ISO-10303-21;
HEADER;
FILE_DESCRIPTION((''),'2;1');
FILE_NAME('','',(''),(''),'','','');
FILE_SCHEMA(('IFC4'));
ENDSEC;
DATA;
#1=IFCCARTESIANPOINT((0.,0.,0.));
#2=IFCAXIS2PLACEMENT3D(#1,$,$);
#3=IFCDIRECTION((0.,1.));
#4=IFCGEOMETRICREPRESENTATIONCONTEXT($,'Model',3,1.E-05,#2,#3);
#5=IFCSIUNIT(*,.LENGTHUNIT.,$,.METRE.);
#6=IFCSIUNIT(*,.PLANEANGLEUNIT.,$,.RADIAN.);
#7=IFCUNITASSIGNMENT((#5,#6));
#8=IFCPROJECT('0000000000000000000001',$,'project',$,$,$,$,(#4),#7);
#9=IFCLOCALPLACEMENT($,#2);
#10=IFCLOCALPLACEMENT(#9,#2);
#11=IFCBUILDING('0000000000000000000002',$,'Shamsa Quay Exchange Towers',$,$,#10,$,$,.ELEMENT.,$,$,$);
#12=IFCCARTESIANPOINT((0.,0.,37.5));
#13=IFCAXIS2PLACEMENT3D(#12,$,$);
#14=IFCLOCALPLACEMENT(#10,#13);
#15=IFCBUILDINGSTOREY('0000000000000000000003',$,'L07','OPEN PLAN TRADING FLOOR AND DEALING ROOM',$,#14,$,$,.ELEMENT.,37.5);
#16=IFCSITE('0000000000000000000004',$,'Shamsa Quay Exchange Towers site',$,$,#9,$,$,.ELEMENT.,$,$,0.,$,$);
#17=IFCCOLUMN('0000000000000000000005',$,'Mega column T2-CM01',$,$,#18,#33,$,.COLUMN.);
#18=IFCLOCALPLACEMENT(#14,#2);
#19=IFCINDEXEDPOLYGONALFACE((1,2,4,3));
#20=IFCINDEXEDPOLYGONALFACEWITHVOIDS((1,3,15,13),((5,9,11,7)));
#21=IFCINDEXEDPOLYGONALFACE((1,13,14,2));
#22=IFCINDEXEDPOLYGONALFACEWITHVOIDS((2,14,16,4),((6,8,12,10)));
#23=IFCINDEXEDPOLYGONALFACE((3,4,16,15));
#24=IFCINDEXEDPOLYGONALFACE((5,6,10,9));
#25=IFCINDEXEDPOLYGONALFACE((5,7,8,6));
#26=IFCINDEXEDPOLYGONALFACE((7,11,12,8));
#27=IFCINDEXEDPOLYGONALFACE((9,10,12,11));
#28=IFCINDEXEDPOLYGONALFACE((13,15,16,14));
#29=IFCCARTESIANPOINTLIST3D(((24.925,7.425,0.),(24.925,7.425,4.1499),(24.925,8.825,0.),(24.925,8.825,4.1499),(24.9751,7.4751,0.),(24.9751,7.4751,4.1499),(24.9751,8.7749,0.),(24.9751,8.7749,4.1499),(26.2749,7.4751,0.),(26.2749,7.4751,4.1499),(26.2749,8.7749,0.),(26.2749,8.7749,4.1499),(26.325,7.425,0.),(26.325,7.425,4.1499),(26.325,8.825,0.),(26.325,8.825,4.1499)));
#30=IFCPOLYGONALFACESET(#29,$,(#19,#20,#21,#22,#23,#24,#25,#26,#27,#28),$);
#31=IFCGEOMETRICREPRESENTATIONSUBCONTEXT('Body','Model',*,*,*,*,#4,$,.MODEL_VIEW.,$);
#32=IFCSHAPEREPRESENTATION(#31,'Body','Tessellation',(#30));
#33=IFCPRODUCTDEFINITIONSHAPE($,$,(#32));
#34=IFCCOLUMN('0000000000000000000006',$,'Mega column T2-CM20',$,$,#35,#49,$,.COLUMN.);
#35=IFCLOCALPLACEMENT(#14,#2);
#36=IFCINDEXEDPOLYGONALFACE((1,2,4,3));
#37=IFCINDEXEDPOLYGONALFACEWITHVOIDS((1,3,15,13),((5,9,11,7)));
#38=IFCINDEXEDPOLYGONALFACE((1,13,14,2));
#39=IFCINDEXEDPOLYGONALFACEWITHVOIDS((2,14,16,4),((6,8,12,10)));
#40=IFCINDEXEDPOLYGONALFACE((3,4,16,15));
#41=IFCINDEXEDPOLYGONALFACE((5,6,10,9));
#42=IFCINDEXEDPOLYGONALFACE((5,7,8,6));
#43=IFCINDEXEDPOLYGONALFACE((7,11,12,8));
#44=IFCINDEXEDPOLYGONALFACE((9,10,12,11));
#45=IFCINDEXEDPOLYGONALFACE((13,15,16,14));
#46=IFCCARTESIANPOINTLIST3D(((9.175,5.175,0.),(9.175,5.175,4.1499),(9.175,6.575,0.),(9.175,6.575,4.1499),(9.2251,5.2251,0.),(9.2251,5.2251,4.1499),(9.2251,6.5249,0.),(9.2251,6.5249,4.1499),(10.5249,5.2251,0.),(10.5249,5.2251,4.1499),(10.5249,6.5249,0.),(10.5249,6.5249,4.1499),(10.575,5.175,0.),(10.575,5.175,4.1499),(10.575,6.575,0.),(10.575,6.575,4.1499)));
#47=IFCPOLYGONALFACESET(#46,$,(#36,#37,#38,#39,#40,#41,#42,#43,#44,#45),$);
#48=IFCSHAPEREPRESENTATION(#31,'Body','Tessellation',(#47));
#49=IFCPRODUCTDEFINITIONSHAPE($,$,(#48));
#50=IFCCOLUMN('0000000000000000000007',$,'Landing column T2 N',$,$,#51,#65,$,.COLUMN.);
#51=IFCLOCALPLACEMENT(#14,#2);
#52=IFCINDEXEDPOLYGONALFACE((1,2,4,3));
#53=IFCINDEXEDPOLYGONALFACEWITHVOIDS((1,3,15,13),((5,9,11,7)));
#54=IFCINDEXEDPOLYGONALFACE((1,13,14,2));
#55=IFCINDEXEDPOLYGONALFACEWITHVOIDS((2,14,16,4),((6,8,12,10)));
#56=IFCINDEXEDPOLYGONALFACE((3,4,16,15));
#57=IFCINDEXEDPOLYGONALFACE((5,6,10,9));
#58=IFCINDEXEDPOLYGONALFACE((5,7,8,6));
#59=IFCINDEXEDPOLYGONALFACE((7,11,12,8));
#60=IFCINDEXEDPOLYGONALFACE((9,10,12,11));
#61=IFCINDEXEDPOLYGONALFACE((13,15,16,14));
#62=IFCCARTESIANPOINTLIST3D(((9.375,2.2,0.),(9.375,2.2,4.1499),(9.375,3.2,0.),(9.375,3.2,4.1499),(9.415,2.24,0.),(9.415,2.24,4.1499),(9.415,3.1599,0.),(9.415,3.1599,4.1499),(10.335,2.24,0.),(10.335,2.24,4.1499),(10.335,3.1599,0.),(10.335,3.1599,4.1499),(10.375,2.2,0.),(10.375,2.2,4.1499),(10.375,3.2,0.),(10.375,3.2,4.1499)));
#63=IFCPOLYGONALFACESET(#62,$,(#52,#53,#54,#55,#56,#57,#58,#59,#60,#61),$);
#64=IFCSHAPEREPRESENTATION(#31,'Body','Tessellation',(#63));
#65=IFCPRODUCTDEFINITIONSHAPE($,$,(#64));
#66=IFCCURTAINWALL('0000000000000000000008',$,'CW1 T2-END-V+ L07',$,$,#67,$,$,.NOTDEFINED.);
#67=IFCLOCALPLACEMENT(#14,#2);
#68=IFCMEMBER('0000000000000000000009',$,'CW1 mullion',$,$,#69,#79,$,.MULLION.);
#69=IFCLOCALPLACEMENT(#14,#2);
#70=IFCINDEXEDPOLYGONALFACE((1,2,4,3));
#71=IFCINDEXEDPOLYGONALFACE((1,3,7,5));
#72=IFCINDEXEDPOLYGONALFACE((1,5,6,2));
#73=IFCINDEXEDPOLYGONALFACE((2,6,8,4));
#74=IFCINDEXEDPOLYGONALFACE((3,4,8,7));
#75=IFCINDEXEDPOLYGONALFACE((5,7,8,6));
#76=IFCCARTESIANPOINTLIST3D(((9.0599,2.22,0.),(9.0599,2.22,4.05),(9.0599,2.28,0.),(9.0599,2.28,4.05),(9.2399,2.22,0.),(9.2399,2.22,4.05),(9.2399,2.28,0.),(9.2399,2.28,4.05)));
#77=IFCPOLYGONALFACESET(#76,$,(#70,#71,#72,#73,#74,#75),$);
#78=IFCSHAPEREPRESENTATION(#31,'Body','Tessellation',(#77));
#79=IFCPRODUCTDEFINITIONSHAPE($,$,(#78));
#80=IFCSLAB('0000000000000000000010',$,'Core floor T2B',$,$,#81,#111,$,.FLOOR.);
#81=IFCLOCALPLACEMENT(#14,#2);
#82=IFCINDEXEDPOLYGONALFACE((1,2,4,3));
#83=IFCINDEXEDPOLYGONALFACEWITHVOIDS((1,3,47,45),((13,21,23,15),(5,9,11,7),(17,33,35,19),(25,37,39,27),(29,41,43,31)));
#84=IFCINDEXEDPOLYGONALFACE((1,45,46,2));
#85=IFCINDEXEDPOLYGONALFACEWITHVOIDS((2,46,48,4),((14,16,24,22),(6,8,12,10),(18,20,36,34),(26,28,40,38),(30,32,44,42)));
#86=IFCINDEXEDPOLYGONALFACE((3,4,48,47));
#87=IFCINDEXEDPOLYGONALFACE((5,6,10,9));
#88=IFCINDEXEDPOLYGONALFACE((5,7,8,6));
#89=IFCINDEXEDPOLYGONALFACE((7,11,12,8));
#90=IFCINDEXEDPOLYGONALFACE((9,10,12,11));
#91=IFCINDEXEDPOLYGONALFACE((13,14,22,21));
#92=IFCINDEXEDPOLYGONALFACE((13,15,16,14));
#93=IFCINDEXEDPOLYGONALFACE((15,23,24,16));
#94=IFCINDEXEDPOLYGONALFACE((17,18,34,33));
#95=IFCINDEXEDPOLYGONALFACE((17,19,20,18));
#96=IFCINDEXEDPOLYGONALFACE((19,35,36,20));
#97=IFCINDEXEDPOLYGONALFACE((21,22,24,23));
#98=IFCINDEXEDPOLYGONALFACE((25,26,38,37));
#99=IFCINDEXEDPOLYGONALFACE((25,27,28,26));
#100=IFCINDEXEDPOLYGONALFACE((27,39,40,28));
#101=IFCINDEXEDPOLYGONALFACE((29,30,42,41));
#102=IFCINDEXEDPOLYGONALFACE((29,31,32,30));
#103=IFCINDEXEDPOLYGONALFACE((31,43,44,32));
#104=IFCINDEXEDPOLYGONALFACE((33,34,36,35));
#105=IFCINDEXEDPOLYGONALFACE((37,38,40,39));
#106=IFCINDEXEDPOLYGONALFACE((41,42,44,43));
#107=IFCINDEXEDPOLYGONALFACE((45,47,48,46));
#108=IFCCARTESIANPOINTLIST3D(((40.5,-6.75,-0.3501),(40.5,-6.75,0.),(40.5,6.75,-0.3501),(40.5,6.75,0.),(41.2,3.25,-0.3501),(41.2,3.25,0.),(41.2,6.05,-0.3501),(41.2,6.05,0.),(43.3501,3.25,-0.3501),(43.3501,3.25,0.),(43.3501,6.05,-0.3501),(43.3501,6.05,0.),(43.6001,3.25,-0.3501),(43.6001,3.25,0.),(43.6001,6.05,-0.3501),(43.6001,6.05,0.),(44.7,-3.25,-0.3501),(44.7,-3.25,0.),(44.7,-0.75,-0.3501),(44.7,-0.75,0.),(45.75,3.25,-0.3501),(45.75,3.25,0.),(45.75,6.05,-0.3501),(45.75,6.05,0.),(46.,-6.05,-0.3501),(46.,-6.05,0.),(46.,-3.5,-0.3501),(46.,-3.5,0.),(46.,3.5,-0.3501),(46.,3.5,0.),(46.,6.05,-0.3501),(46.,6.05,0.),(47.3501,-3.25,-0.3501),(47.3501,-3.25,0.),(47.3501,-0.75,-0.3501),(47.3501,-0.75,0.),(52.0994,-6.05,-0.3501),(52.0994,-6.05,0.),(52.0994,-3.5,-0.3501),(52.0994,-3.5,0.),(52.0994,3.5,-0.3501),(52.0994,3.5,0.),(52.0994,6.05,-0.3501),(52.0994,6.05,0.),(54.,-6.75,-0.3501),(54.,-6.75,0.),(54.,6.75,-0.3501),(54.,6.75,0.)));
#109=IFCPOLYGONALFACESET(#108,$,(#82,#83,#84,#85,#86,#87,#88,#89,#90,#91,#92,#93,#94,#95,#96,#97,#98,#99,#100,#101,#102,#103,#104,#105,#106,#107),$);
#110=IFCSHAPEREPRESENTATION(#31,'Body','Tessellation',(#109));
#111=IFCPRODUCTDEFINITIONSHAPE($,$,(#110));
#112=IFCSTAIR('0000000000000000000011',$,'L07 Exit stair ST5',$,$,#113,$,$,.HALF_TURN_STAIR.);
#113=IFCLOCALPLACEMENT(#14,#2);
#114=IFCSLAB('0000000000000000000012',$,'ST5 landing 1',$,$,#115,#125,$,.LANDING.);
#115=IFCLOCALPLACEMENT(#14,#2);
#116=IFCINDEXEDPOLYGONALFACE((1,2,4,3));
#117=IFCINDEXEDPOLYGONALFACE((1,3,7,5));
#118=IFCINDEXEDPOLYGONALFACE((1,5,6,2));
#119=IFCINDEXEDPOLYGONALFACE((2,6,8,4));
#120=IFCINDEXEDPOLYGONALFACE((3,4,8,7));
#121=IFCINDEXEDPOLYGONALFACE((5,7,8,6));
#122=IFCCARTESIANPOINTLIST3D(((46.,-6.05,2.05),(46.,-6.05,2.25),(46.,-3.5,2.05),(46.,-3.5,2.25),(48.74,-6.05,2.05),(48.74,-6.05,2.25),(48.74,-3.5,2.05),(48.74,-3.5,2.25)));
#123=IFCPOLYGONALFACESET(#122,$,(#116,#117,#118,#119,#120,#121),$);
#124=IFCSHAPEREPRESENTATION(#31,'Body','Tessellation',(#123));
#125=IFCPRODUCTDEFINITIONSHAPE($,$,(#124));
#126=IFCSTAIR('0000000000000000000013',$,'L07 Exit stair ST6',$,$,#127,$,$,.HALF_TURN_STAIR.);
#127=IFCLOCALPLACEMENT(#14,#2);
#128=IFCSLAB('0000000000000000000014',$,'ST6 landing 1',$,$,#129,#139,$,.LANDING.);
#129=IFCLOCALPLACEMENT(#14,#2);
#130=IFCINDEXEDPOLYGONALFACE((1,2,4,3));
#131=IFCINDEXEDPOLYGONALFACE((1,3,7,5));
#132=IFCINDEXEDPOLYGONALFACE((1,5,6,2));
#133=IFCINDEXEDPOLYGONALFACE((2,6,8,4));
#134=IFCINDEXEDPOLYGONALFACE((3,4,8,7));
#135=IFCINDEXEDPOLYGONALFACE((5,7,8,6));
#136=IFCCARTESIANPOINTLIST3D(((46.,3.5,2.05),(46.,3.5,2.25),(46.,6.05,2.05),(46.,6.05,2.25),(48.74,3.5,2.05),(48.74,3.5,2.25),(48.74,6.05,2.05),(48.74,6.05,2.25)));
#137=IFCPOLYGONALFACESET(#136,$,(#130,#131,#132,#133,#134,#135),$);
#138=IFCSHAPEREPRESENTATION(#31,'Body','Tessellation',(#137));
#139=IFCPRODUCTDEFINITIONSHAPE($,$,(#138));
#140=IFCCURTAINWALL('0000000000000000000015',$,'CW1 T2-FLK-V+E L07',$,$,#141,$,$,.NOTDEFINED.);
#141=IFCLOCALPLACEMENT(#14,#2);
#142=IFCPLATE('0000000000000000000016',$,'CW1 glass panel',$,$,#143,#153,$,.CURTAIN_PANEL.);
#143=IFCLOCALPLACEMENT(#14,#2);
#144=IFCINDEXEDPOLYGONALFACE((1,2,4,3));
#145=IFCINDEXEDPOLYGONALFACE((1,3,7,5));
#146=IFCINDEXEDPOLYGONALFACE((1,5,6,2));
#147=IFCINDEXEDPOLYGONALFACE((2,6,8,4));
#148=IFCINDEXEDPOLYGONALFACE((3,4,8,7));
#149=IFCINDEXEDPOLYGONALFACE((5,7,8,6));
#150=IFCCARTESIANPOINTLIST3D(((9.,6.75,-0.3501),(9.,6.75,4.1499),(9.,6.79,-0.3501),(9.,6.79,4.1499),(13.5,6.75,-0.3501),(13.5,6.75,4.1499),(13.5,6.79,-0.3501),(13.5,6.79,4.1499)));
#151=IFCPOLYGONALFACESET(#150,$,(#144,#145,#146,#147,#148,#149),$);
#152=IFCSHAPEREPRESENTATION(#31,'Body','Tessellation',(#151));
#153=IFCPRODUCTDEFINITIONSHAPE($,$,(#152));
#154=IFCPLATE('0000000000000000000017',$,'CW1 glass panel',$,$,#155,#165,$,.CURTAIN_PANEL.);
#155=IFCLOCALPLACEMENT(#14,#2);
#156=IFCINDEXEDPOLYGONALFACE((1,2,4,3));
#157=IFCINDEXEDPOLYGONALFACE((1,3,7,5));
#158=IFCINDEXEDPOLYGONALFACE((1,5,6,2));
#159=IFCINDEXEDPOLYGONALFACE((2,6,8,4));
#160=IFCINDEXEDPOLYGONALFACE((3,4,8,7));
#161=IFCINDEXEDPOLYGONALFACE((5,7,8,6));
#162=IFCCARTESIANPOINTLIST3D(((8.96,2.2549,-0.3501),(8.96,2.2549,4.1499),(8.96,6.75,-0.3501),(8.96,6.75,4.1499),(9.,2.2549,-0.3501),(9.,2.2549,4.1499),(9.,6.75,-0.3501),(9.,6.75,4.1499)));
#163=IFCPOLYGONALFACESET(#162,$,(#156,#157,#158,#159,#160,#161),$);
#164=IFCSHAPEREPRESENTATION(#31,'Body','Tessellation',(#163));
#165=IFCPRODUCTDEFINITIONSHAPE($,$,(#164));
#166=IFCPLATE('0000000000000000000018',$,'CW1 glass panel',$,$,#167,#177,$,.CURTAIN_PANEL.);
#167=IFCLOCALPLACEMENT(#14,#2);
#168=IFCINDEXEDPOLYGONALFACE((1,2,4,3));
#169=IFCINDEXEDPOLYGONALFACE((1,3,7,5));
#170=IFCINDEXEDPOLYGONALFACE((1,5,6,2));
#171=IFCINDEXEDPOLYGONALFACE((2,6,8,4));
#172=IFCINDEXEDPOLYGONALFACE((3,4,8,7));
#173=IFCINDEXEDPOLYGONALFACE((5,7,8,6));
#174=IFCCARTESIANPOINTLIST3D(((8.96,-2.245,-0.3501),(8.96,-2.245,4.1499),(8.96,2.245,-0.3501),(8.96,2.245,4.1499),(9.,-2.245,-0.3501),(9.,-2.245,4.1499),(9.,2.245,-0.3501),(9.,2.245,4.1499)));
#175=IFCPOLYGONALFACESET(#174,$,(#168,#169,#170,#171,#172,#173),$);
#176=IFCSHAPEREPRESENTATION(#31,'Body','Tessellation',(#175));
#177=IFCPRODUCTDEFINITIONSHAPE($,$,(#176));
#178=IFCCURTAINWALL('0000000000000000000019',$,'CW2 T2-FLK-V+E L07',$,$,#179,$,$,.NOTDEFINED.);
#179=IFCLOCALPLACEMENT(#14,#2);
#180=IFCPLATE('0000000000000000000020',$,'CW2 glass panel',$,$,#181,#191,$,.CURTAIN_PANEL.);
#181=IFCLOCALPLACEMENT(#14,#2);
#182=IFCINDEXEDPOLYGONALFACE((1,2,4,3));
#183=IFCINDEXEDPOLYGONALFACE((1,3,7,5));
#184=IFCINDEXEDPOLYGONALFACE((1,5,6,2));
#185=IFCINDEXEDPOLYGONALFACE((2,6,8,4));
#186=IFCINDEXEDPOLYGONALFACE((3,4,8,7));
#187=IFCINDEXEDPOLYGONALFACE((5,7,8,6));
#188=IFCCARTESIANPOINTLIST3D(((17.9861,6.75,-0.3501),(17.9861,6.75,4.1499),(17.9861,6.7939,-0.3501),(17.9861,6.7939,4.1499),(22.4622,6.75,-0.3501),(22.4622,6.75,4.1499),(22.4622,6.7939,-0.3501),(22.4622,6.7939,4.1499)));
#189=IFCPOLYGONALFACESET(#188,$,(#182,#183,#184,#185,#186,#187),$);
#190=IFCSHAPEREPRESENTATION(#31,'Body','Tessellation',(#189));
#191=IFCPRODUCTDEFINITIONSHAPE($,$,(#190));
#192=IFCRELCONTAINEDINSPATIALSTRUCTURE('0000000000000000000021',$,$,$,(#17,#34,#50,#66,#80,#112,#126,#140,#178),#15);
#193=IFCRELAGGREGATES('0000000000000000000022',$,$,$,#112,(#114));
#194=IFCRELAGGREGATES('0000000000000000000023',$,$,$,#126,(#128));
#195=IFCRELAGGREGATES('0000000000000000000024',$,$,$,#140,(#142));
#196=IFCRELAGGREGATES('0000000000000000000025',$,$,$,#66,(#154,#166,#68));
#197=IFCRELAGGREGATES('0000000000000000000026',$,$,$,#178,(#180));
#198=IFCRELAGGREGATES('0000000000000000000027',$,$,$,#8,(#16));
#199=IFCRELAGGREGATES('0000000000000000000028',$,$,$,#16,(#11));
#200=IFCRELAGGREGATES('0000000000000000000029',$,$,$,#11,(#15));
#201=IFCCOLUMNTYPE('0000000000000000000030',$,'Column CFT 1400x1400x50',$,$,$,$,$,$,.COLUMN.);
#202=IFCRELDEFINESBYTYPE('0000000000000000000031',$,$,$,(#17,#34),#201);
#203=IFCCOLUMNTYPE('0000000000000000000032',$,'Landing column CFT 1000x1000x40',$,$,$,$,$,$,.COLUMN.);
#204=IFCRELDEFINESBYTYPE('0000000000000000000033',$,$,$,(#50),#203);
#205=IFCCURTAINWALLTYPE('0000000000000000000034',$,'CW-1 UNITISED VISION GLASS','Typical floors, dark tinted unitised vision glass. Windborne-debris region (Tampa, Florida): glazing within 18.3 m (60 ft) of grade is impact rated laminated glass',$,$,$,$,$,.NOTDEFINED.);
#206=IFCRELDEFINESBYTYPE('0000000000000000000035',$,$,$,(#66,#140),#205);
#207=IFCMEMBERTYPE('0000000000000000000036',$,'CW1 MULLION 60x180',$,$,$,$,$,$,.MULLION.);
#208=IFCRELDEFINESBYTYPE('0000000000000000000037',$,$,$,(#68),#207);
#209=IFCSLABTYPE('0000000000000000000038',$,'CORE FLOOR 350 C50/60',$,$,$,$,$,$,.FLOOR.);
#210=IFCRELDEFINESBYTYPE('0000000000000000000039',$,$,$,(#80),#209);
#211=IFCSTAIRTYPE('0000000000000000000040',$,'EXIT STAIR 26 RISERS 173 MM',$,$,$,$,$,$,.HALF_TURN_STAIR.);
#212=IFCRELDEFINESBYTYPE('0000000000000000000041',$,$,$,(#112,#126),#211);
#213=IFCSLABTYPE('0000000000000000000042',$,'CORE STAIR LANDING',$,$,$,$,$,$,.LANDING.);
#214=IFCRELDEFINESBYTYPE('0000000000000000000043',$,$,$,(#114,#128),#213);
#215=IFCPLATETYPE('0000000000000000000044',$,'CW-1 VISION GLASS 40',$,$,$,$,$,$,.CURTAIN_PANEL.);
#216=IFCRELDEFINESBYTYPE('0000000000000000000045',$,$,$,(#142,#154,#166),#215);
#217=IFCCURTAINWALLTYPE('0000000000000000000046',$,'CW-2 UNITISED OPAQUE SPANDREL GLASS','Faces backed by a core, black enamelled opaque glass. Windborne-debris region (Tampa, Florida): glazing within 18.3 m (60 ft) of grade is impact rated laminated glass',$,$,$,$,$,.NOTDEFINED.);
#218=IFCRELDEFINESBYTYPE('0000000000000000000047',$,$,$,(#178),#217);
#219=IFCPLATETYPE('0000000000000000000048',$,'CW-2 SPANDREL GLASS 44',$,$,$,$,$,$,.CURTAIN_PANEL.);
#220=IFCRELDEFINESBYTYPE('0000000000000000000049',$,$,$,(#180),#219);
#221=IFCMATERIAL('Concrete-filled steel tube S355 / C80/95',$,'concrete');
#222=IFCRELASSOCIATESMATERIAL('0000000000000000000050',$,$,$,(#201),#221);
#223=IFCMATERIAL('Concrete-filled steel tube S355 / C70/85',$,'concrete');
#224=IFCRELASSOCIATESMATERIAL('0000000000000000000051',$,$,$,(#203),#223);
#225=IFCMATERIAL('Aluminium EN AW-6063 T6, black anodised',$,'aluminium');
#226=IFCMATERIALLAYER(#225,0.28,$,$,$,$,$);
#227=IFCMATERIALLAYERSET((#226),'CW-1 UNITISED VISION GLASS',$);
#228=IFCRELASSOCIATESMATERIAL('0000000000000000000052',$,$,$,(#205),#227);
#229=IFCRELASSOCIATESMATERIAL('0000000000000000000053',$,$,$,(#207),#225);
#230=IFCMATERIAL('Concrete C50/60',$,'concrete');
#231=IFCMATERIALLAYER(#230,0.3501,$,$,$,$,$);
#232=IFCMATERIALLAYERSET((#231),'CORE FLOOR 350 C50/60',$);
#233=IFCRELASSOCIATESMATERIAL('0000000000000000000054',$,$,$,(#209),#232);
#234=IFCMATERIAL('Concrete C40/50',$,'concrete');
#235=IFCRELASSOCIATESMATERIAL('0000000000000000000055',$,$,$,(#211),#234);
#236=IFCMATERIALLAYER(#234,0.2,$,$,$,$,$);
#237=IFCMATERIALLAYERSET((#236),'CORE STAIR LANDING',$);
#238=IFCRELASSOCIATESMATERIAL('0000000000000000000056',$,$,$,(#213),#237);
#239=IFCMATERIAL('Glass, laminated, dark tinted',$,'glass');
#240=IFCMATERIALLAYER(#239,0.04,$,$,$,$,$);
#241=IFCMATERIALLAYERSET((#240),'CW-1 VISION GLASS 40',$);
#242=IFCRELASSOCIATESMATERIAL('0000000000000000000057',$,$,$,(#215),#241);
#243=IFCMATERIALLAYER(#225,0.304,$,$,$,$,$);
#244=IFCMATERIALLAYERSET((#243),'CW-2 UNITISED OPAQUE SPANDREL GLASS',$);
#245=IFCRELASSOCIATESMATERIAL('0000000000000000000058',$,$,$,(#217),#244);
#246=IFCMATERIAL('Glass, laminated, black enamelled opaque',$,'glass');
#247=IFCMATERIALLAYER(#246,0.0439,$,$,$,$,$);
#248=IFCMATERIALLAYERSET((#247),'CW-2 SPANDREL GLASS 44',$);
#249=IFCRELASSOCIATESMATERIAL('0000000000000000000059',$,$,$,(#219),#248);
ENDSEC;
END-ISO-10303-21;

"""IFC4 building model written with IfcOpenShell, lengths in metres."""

from ifc_helpers import new_model, si_unit, direction, frame, origin, origin_2d, place, context, subcontext, project, spatial, polyline, rectangle, hollow_rectangle, outline, extrude, material, layer, layer_set, material_profile, profile_set, type_object, element, aggregate, save


model = new_model("IFC4")

# Units and contexts
model_context = context("Model", 3, precision=1e-05, world=origin(), true_north=direction((0.0, 1.0)))
body_context = subcontext(model_context, "Body", "Model", "MODEL_VIEW")
ifc_project = project(units=[si_unit("LENGTHUNIT", "METRE"), si_unit("PLANEANGLEUNIT", "RADIAN")], contexts=[model_context])

# Site, building, storey
site_placement = place(None, origin())
site = spatial("IfcSite", under=ifc_project, at=site_placement, Name="Shamsa Quay Exchange Towers site", CompositionType="ELEMENT", RefElevation=0.0)
building_placement = place(site_placement, origin())
building = spatial("IfcBuilding", under=site, at=building_placement, Name="Shamsa Quay Exchange Towers", CompositionType="ELEMENT")
storey_placement = place(building_placement, frame((0.0, 0.0, 37.5)))
storey = spatial("IfcBuildingStorey", under=building, at=storey_placement, Name="L07", Description="OPEN PLAN TRADING FLOOR AND DEALING ROOM", CompositionType="ELEMENT", Elevation=37.5)

# Columns
ifc_material_1 = material(Name="Concrete-filled steel tube S355 / C80/95", Category="concrete")
ifc_material_profile_1 = material_profile(ifc_material_1, hollow_rectangle(XDim=1.3999, YDim=1.3999, WallThickness=0.05, at=origin_2d()), Name="CFT 1400x1400x50")
ifc_profile_set_1 = profile_set([ifc_material_profile_1], Name="Concrete-filled steel tube S355 / C80/95")
column_type_1 = type_object("IfcColumnType", Name="Column CFT 1400x1400x50", PredefinedType="COLUMN", material=ifc_profile_set_1)
for number, where, name in (
    (1, (25.625, 8.125, 0.0), "Mega column T2-CM01"),
    (2, (9.875, 5.875, 0.0), "Mega column T2-CM20"),
):
    element("IfcColumn", number, at=place(storey_placement, frame(where)), inside=storey, type_object=column_type_1, Name=name, PredefinedType="COLUMN", context=body_context, shape_type="SweptSolid", body=[
        extrude(hollow_rectangle(XDim=1.3999, YDim=1.3999, WallThickness=0.05, at=origin_2d()), origin(), (0.0, 0.0, 1.0), 4.1499),
    ])
ifc_material_2 = material(Name="Concrete-filled steel tube S355 / C70/85", Category="concrete")
ifc_material_profile_2 = material_profile(ifc_material_2, hollow_rectangle(XDim=1.0, YDim=1.0, WallThickness=0.04, at=origin_2d()), Name="CFT 1000x1000x40")
ifc_profile_set_2 = profile_set([ifc_material_profile_2], Name="Concrete-filled steel tube S355 / C70/85")
column_type_2 = type_object("IfcColumnType", Name="Landing column CFT 1000x1000x40", PredefinedType="COLUMN", material=ifc_profile_set_2)
column_placement = place(storey_placement, frame((9.875, 2.7, 0.0)))
element("IfcColumn", 3, at=column_placement, inside=storey, type_object=column_type_2, Name="Landing column T2 N", PredefinedType="COLUMN", context=body_context, shape_type="SweptSolid", body=[
    extrude(hollow_rectangle(XDim=1.0, YDim=1.0, WallThickness=0.04, at=origin_2d()), origin(), (0.0, 0.0, 1.0), 4.1499),
])

# Curtain wall, member
ifc_material_3 = material(Name="Aluminium EN AW-6063 T6, black anodised", Category="aluminium")
ifc_layer_1 = layer(ifc_material_3, 0.28)
ifc_layer_set_1 = layer_set([ifc_layer_1], Name="CW-1 UNITISED VISION GLASS")
curtain_wall_type_1 = type_object("IfcCurtainWallType", Name="CW-1 UNITISED VISION GLASS", Description="Typical floors, dark tinted unitised vision glass. Windborne-debris region (Tampa, Florida): glazing within 18.3 m (60 ft) of grade is impact rated laminated glass", PredefinedType="NOTDEFINED", material=ifc_layer_set_1)
curtain_wall_1_placement = place(storey_placement, origin())
curtain_wall_1 = element("IfcCurtainWall", 4, at=curtain_wall_1_placement, inside=storey, type_object=curtain_wall_type_1, Name="CW1 T2-END-V+ L07", PredefinedType="NOTDEFINED")
ifc_material_profile_3 = material_profile(ifc_material_3, rectangle(XDim=0.1799, YDim=0.0601, at=origin_2d()), Name="MU60x180")
ifc_profile_set_3 = profile_set([ifc_material_profile_3], Name="Aluminium EN AW-6063 T6, black anodised")
member_type = type_object("IfcMemberType", Name="CW1 MULLION 60x180", PredefinedType="MULLION", material=ifc_profile_set_3)
member_placement = place(storey_placement, frame((9.1499, 2.25, 0.0)))
member = element("IfcMember", 5, at=member_placement, type_object=member_type, Name="CW1 mullion", PredefinedType="MULLION", context=body_context, shape_type="SweptSolid", body=[
    extrude(rectangle(XDim=0.1799, YDim=0.0601, at=origin_2d()), origin(), (0.0, 0.0, 1.0), 4.05),
])

# Slab
ifc_material_4 = material(Name="Concrete C50/60", Category="concrete")
ifc_layer_2 = layer(ifc_material_4, 0.3501)
ifc_layer_set_2 = layer_set([ifc_layer_2], Name="CORE FLOOR 350 C50/60")
slab_type_1 = type_object("IfcSlabType", Name="CORE FLOOR 350 C50/60", PredefinedType="FLOOR", material=ifc_layer_set_2)
slab_1_placement = place(storey_placement, frame((0.0, 0.0, -0.3501)))
element("IfcSlab", 6, at=slab_1_placement, inside=storey, type_object=slab_type_1, Name="Core floor T2B", PredefinedType="FLOOR", context=body_context, shape_type="SweptSolid", body=[
    extrude(outline(polyline([(54.0, -6.75), (54.0, 6.75), (40.5, 6.75), (40.5, -6.75), (54.0, -6.75)]), holes=[polyline([(52.0994, -3.5), (52.0994, -6.05), (46.0, -6.05), (46.0, -3.5), (52.0994, -3.5)]), polyline([(52.0994, 6.05), (52.0994, 3.5), (46.0, 3.5), (46.0, 6.05), (52.0994, 6.05)]), polyline([(45.75, 3.25), (43.6001, 3.25), (43.6001, 6.05), (45.75, 6.05), (45.75, 3.25)]), polyline([(43.3501, 3.25), (41.2, 3.25), (41.2, 6.05), (43.3501, 6.05), (43.3501, 3.25)]), polyline([(47.3501, -3.25), (44.7, -3.25), (44.7, -0.75), (47.3501, -0.75), (47.3501, -3.25)])]), origin(), (0.0, 0.0, 1.0), 0.3501),
])

# Stairs, slabs
ifc_material_5 = material(Name="Concrete C40/50", Category="concrete")
stair_type = type_object("IfcStairType", Name="EXIT STAIR 26 RISERS 173 MM", PredefinedType="HALF_TURN_STAIR", material=ifc_material_5)
stair_1_placement = place(storey_placement, origin())
stair_1 = element("IfcStair", 7, at=stair_1_placement, inside=storey, type_object=stair_type, Name="L07 Exit stair ST5", PredefinedType="HALF_TURN_STAIR")
ifc_layer_3 = layer(ifc_material_5, 0.2)
ifc_layer_set_3 = layer_set([ifc_layer_3], Name="CORE STAIR LANDING")
slab_type_2 = type_object("IfcSlabType", Name="CORE STAIR LANDING", PredefinedType="LANDING", material=ifc_layer_set_3)
slab_2_placement = place(storey_placement, frame((0.0, 0.0, 2.05)))
slab_2 = element("IfcSlab", 8, at=slab_2_placement, type_object=slab_type_2, Name="ST5 landing 1", PredefinedType="LANDING", context=body_context, shape_type="SweptSolid", body=[
    extrude(outline(polyline([(48.74, -3.5), (46.0, -3.5), (46.0, -6.05), (48.74, -6.05), (48.74, -3.5)])), origin(), (0.0, 0.0, 1.0), 0.2),
])
aggregate(stair_1, [slab_2])
stair_2_placement = place(storey_placement, origin())
stair_2 = element("IfcStair", 9, at=stair_2_placement, inside=storey, type_object=stair_type, Name="L07 Exit stair ST6", PredefinedType="HALF_TURN_STAIR")
slab_3_placement = place(storey_placement, frame((0.0, 0.0, 2.05)))
slab_3 = element("IfcSlab", 10, at=slab_3_placement, type_object=slab_type_2, Name="ST6 landing 1", PredefinedType="LANDING", context=body_context, shape_type="SweptSolid", body=[
    extrude(outline(polyline([(48.74, 6.05), (46.0, 6.05), (46.0, 3.5), (48.74, 3.5), (48.74, 6.05)])), origin(), (0.0, 0.0, 1.0), 0.2),
])
aggregate(stair_2, [slab_3])

# Curtain wall, plate
curtain_wall_2_placement = place(storey_placement, origin())
curtain_wall_2 = element("IfcCurtainWall", 11, at=curtain_wall_2_placement, inside=storey, type_object=curtain_wall_type_1, Name="CW1 T2-FLK-V+E L07", PredefinedType="NOTDEFINED")
ifc_material_6 = material(Name="Glass, laminated, dark tinted", Category="glass")
ifc_layer_4 = layer(ifc_material_6, 0.04)
ifc_layer_set_4 = layer_set([ifc_layer_4], Name="CW-1 VISION GLASS 40")
plate_type_1 = type_object("IfcPlateType", Name="CW-1 VISION GLASS 40", PredefinedType="CURTAIN_PANEL", material=ifc_layer_set_4)
plate_1_placement = place(storey_placement, frame((11.25, 6.77, -0.3501), z_axis=(0.0, 0.0, 1.0), x_axis=(-1.0, 0.0, 0.0)))
plate_1 = element("IfcPlate", 12, at=plate_1_placement, type_object=plate_type_1, Name="CW1 glass panel", PredefinedType="CURTAIN_PANEL", context=body_context, shape_type="SweptSolid", body=[
    extrude(rectangle(XDim=4.5, YDim=0.04, at=origin_2d()), origin(), (0.0, 0.0, 1.0), 4.5),
])
aggregate(curtain_wall_2, [plate_1])

# Plates
plate_2_placement = place(storey_placement, frame((8.98, 4.5024, -0.3501), z_axis=(0.0, 0.0, 1.0), x_axis=(0.0, -1.0, 0.0)))
plate_2 = element("IfcPlate", 13, at=plate_2_placement, type_object=plate_type_1, Name="CW1 glass panel", PredefinedType="CURTAIN_PANEL", context=body_context, shape_type="SweptSolid", body=[
    extrude(rectangle(XDim=4.4951, YDim=0.04, at=origin_2d()), origin(), (0.0, 0.0, 1.0), 4.5),
])
plate_3_placement = place(storey_placement, frame((8.98, 0.0, -0.3501), z_axis=(0.0, 0.0, 1.0), x_axis=(0.0, -1.0, 0.0)))
plate_3 = element("IfcPlate", 14, at=plate_3_placement, type_object=plate_type_1, Name="CW1 glass panel", PredefinedType="CURTAIN_PANEL", context=body_context, shape_type="SweptSolid", body=[
    extrude(rectangle(XDim=4.49, YDim=0.04, at=origin_2d()), origin(), (0.0, 0.0, 1.0), 4.5),
])
aggregate(curtain_wall_1, [plate_2, plate_3, member])

# Curtain wall, plate
ifc_layer_5 = layer(ifc_material_3, 0.304)
ifc_layer_set_5 = layer_set([ifc_layer_5], Name="CW-2 UNITISED OPAQUE SPANDREL GLASS")
curtain_wall_type_2 = type_object("IfcCurtainWallType", Name="CW-2 UNITISED OPAQUE SPANDREL GLASS", Description="Faces backed by a core, black enamelled opaque glass. Windborne-debris region (Tampa, Florida): glazing within 18.3 m (60 ft) of grade is impact rated laminated glass", PredefinedType="NOTDEFINED", material=ifc_layer_set_5)
curtain_wall_3_placement = place(storey_placement, origin())
curtain_wall_3 = element("IfcCurtainWall", 15, at=curtain_wall_3_placement, inside=storey, type_object=curtain_wall_type_2, Name="CW2 T2-FLK-V+E L07", PredefinedType="NOTDEFINED")
ifc_material_7 = material(Name="Glass, laminated, black enamelled opaque", Category="glass")
ifc_layer_6 = layer(ifc_material_7, 0.0439)
ifc_layer_set_6 = layer_set([ifc_layer_6], Name="CW-2 SPANDREL GLASS 44")
plate_type_2 = type_object("IfcPlateType", Name="CW-2 SPANDREL GLASS 44", PredefinedType="CURTAIN_PANEL", material=ifc_layer_set_6)
plate_4_placement = place(storey_placement, frame((20.2241, 6.772, -0.3501), z_axis=(0.0, 0.0, 1.0), x_axis=(-1.0, 0.0, 0.0)))
plate_4 = element("IfcPlate", 16, at=plate_4_placement, type_object=plate_type_2, Name="CW2 glass panel", PredefinedType="CURTAIN_PANEL", context=body_context, shape_type="SweptSolid", body=[
    extrude(rectangle(XDim=4.4761, YDim=0.0439, at=origin_2d()), origin(), (0.0, 0.0, 1.0), 4.5),
])
aggregate(curtain_wall_3, [plate_4])

save(model, "model.ifc")
